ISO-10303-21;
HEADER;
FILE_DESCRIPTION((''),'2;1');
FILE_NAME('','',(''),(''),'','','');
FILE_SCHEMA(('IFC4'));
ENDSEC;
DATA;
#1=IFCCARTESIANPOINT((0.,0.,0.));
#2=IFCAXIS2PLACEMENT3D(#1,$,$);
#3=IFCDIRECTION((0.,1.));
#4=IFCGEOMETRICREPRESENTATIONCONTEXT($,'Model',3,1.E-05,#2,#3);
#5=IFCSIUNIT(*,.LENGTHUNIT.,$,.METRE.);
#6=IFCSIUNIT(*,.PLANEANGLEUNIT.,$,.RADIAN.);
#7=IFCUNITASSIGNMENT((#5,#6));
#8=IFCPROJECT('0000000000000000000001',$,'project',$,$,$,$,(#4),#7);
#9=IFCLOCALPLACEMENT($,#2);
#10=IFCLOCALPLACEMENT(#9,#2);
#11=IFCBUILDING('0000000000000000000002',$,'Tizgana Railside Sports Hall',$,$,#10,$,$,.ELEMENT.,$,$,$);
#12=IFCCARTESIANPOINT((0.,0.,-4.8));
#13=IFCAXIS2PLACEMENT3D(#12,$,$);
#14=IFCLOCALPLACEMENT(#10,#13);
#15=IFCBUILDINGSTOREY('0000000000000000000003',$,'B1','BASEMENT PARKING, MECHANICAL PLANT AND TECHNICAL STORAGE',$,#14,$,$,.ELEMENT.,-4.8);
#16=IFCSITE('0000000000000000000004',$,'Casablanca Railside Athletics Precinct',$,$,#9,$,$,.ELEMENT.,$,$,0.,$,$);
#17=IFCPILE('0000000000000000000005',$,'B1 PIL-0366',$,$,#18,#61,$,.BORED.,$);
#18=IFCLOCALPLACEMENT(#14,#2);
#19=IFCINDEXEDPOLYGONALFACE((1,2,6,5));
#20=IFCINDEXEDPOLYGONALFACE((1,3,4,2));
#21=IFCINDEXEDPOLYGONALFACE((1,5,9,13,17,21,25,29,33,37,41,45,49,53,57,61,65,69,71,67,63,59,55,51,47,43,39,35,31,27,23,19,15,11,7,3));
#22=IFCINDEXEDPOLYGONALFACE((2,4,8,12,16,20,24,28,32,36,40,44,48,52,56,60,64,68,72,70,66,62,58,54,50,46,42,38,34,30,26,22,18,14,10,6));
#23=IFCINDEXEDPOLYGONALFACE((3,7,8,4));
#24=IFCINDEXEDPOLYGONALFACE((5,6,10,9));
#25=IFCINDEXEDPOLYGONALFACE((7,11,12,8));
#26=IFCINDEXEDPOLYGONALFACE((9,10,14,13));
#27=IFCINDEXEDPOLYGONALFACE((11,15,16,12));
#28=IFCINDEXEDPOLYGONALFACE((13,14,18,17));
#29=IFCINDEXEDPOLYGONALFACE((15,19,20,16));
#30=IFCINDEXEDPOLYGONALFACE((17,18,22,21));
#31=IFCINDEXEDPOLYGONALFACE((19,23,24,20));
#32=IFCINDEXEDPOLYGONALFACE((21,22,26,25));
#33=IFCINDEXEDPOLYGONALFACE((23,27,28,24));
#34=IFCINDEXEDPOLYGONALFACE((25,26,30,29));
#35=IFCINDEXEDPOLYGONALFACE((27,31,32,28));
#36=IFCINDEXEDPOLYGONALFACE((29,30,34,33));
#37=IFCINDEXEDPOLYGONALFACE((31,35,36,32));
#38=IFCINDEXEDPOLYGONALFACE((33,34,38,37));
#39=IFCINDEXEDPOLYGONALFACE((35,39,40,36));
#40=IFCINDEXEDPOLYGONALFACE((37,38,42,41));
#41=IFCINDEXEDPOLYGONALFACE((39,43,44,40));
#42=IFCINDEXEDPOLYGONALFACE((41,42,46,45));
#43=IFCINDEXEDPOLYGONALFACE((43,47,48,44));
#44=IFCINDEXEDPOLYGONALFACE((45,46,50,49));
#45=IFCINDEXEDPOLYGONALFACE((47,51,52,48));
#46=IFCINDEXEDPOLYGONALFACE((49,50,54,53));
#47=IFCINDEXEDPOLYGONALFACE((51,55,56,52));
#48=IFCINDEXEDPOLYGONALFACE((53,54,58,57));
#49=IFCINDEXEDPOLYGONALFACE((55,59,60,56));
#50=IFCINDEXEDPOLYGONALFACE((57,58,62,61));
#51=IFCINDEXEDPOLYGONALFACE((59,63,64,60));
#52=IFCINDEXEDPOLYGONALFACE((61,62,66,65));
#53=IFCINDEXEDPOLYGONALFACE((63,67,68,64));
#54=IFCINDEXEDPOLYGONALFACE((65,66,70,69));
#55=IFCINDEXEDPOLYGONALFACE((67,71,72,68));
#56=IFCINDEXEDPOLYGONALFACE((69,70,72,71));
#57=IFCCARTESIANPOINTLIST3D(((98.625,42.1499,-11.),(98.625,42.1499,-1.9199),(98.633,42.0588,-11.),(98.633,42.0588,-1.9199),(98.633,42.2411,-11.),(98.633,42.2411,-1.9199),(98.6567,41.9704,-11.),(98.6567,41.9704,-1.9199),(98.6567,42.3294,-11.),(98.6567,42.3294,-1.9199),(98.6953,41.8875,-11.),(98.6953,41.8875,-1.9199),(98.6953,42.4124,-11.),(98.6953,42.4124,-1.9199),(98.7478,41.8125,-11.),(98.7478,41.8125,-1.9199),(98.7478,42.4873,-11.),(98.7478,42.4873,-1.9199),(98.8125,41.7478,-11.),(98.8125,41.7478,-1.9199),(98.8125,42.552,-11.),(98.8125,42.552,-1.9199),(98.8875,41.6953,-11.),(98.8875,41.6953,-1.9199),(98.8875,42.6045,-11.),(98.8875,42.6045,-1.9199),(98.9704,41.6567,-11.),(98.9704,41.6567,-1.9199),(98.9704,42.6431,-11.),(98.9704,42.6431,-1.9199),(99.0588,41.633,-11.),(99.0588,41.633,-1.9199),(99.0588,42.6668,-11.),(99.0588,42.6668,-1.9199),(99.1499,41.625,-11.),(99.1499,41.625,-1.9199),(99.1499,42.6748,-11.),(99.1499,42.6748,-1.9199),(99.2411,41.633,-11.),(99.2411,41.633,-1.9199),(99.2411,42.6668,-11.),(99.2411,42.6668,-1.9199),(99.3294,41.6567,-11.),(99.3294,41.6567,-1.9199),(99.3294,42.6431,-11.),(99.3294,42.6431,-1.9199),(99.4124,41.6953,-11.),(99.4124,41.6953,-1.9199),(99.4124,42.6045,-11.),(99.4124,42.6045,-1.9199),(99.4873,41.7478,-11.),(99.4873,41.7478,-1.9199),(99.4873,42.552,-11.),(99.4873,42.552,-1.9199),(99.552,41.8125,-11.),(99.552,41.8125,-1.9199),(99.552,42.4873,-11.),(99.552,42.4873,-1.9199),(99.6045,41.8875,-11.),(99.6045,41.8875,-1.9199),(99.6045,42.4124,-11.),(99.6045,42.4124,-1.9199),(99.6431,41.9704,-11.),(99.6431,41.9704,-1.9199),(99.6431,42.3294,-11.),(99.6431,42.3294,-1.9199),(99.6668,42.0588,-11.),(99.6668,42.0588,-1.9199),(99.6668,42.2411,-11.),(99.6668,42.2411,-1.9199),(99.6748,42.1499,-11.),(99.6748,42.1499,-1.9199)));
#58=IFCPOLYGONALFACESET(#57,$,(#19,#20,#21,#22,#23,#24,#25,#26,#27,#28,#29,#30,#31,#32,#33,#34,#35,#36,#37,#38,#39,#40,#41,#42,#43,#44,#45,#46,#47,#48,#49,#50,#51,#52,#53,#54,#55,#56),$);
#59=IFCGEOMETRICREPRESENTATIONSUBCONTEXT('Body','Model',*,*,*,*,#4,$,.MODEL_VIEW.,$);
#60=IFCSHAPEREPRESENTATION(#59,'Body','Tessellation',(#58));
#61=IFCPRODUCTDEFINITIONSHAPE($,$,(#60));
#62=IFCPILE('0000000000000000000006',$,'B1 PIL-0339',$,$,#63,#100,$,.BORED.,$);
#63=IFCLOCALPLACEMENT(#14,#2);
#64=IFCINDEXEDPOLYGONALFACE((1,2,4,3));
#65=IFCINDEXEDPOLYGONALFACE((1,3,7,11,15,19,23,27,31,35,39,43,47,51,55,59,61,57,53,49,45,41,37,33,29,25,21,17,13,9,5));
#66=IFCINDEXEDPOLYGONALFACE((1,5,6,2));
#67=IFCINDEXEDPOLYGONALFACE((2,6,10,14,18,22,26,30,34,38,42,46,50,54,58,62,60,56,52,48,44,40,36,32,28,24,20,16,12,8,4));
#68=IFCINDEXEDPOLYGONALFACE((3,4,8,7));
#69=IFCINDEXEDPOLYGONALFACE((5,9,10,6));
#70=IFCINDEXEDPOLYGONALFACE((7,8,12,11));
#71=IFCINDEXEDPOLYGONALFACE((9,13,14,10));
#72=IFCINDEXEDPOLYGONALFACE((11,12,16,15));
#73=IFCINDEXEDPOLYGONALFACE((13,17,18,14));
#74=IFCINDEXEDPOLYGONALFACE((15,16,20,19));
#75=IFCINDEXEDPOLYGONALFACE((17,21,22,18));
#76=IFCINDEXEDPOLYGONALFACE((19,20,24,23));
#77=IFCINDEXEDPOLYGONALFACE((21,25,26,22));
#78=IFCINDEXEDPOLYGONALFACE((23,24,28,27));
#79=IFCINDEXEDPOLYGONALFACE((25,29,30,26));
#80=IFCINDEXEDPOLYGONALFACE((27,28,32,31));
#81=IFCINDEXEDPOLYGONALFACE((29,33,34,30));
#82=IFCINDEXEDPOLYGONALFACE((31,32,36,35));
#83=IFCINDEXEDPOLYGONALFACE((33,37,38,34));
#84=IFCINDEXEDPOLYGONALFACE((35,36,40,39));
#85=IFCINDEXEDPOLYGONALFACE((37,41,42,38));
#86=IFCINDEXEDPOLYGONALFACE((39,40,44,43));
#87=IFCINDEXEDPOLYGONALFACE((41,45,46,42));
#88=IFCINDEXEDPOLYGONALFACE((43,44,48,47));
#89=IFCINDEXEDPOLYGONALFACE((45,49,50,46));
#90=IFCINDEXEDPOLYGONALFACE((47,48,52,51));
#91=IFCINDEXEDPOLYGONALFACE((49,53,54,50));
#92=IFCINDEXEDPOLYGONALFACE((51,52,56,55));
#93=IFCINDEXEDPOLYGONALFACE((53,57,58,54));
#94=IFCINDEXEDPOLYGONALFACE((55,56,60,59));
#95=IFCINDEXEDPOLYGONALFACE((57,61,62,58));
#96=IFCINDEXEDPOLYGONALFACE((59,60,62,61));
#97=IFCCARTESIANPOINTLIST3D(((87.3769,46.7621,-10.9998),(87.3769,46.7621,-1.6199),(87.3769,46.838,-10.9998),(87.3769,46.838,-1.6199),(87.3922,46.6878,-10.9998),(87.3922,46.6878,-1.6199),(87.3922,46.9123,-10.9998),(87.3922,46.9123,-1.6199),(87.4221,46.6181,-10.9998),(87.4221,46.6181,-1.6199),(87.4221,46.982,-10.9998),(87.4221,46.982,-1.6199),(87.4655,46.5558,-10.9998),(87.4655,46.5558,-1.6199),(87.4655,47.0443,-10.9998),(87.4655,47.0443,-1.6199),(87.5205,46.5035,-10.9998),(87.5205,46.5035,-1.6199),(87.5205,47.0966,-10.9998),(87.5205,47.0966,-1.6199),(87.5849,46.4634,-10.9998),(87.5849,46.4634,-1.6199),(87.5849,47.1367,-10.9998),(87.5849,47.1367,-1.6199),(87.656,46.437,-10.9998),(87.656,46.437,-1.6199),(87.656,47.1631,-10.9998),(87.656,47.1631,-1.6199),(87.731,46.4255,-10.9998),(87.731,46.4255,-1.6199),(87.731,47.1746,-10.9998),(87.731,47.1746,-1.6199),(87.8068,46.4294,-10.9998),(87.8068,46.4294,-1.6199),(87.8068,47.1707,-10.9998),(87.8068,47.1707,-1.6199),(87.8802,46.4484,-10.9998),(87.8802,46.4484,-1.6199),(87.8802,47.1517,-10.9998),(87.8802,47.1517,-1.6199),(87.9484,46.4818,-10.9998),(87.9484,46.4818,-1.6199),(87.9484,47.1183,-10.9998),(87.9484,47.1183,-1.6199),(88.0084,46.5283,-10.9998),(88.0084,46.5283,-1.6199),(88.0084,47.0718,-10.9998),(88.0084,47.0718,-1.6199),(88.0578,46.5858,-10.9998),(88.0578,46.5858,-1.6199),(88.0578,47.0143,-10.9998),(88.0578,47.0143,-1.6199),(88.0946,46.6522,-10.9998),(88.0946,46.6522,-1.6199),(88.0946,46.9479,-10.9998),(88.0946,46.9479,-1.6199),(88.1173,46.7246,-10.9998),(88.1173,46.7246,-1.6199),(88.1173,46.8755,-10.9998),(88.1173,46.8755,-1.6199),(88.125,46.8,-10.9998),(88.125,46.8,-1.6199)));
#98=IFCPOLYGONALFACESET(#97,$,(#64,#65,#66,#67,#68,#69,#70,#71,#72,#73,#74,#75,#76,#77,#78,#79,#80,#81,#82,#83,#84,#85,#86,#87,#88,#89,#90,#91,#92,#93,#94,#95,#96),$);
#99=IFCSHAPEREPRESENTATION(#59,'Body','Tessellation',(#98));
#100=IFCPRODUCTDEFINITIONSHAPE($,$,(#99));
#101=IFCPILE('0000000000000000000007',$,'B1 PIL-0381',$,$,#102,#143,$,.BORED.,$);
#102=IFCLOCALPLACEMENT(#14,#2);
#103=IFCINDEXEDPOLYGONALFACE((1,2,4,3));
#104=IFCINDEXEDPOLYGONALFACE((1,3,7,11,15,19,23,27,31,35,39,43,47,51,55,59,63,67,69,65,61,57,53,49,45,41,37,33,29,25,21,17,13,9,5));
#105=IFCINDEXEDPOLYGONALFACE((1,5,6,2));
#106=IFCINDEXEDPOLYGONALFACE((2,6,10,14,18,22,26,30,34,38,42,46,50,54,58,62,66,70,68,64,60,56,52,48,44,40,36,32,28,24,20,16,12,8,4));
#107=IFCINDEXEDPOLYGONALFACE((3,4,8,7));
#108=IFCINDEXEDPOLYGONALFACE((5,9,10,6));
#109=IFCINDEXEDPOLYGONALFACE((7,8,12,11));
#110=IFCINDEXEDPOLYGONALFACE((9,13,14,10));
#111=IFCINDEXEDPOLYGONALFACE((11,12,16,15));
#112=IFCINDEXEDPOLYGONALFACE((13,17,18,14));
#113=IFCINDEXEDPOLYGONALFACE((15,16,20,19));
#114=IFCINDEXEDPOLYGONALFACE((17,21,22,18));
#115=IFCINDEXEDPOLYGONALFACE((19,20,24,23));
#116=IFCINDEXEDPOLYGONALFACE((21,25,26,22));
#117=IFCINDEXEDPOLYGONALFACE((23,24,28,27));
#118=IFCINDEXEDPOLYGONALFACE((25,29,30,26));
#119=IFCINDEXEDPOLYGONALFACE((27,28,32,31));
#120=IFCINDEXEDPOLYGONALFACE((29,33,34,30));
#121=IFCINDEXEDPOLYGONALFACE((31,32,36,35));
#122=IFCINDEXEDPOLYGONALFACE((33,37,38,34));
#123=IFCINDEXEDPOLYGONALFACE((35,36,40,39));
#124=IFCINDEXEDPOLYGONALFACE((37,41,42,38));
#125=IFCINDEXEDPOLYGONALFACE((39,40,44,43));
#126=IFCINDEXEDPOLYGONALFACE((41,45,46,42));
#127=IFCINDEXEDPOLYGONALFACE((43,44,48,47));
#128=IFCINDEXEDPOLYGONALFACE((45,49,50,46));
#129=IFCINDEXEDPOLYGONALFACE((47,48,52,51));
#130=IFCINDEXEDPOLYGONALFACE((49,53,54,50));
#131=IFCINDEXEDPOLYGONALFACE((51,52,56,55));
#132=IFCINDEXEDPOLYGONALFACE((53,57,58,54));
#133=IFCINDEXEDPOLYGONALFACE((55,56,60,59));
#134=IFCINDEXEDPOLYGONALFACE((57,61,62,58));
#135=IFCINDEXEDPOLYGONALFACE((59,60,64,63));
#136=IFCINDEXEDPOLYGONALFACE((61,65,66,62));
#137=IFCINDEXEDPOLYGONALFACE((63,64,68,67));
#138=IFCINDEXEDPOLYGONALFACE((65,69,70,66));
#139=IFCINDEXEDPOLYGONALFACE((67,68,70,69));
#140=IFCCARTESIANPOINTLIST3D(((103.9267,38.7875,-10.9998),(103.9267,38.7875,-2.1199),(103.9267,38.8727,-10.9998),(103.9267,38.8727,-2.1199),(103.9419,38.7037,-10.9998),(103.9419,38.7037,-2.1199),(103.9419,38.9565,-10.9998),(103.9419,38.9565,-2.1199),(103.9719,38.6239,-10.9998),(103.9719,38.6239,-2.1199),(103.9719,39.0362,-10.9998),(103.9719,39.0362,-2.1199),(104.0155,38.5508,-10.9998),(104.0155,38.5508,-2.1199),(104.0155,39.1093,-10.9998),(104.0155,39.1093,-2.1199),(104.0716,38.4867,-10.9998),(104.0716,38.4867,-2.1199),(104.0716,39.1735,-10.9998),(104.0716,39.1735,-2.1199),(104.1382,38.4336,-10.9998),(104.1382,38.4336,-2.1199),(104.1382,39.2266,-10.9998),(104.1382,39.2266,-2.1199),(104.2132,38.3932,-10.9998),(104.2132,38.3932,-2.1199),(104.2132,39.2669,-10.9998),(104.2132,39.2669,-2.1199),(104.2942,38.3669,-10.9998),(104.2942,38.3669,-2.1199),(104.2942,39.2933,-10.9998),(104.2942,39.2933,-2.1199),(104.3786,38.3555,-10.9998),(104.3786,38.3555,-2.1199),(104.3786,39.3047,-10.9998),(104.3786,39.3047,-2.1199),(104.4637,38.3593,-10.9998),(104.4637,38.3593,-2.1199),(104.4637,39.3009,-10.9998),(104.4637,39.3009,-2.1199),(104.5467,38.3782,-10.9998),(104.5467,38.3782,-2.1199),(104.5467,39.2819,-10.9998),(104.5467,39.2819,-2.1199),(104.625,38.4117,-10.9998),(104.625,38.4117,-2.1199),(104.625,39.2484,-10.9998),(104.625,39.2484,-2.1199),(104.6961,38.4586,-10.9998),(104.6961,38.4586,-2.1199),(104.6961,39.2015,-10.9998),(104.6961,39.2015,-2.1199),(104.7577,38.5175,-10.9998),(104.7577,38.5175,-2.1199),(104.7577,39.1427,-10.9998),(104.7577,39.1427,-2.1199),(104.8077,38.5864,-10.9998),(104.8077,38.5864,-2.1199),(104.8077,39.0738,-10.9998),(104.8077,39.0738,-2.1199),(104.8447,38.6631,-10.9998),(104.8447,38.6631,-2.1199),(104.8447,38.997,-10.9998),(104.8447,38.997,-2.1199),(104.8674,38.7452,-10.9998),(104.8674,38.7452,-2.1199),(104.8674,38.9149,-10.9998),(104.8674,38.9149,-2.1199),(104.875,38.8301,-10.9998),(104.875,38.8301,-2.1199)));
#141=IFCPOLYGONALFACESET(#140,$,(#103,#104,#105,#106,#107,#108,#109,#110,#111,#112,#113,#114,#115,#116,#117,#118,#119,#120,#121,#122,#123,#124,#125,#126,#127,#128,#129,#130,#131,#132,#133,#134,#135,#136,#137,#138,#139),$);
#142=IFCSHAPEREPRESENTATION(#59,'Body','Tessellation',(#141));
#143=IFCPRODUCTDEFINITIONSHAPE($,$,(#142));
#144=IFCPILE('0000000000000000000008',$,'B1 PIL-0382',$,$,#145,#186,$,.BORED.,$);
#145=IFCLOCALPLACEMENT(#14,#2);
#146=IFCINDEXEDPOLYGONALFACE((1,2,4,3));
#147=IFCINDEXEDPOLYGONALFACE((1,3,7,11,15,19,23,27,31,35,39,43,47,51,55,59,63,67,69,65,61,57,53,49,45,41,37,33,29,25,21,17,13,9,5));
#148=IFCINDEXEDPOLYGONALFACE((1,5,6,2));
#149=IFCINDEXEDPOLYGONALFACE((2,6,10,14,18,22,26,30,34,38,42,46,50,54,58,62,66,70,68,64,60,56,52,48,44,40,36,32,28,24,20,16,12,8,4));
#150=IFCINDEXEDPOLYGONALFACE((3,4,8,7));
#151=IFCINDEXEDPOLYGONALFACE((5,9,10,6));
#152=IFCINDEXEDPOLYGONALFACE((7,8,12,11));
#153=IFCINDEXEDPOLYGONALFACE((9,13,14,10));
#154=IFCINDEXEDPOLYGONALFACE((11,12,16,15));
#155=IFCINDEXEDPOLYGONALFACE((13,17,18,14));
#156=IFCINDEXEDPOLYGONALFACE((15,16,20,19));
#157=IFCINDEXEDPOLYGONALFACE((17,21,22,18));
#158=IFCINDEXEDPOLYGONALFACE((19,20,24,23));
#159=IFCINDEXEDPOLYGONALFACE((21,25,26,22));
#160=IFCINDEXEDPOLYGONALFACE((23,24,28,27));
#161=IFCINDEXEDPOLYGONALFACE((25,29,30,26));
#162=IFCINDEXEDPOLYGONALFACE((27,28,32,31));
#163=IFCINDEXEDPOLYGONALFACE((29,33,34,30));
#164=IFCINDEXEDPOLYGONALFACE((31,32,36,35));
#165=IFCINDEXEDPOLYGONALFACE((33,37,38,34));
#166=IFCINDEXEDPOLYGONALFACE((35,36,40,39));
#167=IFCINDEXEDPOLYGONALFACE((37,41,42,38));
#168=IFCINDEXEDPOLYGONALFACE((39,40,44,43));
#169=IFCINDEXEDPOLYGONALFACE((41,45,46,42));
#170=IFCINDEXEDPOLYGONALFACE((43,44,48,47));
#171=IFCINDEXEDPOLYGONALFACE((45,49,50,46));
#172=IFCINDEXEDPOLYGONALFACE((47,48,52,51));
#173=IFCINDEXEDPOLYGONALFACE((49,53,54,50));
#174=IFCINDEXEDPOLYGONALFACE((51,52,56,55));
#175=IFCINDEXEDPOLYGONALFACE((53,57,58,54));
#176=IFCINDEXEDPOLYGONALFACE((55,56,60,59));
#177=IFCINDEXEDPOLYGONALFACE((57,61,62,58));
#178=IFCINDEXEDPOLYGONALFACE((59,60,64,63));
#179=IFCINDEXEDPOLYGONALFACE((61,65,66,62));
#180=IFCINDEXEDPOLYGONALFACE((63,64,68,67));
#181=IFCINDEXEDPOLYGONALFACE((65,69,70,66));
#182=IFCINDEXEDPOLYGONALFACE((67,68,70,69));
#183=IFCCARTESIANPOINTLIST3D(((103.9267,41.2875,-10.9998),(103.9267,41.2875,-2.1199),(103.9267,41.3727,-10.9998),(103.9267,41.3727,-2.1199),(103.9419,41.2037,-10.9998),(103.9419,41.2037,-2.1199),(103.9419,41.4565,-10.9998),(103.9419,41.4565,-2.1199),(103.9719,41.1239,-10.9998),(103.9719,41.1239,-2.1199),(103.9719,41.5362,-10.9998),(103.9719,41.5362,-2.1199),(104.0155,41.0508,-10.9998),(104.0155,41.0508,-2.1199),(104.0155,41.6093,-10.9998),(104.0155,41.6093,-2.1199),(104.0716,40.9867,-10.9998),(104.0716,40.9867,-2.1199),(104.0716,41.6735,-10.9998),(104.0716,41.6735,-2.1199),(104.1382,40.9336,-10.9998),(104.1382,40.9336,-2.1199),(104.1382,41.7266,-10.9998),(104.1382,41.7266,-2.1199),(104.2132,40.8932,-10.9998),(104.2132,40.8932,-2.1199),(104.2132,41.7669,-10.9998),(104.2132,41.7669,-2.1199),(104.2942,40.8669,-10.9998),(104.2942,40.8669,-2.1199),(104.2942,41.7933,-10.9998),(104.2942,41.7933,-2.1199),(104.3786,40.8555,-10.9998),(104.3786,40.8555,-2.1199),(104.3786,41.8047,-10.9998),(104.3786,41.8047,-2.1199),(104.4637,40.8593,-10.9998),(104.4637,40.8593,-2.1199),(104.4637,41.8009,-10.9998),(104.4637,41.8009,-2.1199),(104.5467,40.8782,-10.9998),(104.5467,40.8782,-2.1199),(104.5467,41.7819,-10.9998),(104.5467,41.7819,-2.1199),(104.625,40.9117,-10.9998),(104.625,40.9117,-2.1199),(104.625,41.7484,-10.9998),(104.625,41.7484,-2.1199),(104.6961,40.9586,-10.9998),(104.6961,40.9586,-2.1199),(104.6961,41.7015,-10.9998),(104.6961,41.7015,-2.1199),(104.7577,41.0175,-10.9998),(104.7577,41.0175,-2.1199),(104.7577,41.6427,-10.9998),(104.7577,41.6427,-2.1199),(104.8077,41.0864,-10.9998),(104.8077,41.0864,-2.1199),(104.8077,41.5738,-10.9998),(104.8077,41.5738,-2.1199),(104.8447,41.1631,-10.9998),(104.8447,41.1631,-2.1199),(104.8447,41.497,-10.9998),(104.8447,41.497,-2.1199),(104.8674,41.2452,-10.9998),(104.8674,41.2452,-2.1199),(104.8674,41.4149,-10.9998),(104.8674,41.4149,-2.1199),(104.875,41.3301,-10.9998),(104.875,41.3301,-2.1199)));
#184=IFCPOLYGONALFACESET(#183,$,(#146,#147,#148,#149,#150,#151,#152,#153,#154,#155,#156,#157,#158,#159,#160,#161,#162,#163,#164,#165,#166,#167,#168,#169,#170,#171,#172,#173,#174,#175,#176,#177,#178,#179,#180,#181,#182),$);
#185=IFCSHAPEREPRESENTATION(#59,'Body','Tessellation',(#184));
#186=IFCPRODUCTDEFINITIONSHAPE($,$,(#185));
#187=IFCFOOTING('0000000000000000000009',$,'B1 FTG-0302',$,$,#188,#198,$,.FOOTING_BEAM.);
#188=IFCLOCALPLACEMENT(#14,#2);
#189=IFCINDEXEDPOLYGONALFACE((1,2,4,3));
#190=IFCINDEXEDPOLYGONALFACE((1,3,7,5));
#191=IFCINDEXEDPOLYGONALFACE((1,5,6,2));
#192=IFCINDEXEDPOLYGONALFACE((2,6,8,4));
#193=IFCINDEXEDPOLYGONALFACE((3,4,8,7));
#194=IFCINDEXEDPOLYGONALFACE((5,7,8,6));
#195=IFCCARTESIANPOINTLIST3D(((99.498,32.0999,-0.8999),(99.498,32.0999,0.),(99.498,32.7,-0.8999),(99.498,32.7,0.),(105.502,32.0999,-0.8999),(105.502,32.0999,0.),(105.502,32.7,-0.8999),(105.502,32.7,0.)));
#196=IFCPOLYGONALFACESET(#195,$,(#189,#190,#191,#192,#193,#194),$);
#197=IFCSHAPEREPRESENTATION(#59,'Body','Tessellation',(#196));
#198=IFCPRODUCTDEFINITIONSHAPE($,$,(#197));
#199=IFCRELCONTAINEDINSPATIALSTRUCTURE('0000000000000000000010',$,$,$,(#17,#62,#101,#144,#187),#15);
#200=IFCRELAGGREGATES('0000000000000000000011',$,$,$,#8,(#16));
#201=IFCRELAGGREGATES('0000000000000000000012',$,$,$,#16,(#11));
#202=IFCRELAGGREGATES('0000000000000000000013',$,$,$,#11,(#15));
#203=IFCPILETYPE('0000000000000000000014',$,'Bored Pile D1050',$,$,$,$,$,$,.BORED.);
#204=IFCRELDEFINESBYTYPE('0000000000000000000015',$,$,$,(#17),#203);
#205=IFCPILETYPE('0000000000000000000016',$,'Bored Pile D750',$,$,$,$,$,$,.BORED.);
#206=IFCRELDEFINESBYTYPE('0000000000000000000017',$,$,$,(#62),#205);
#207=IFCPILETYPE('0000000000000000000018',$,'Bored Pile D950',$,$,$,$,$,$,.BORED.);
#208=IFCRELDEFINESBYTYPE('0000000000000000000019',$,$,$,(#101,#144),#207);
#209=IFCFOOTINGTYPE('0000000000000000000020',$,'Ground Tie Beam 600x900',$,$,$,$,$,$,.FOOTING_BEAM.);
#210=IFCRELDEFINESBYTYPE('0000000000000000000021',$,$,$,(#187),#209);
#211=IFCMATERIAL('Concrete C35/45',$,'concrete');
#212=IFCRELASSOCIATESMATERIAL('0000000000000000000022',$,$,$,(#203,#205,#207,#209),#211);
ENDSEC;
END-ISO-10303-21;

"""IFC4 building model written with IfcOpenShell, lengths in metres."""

from ifc_helpers import new_model, si_unit, direction, frame, origin, origin_2d, place, context, subcontext, project, spatial, rectangle, circle, extrude, material, material_profile, profile_set, type_object, element, save


model = new_model("IFC4")

# Units and contexts
model_context = context("Model", 3, precision=1e-05, world=origin(), true_north=direction((0.0, 1.0)))
body_context = subcontext(model_context, "Body", "Model", "MODEL_VIEW")
ifc_project = project(units=[si_unit("LENGTHUNIT", "METRE"), si_unit("PLANEANGLEUNIT", "RADIAN")], contexts=[model_context])

# Site, building, storey
site_placement = place(None, origin())
site = spatial("IfcSite", under=ifc_project, at=site_placement, Name="Casablanca Railside Athletics Precinct", CompositionType="ELEMENT", RefElevation=0.0)
building_placement = place(site_placement, origin())
building = spatial("IfcBuilding", under=site, at=building_placement, Name="Tizgana Railside Sports Hall", CompositionType="ELEMENT")
storey_placement = place(building_placement, frame((0.0, 0.0, -4.8)))
storey = spatial("IfcBuildingStorey", under=building, at=storey_placement, Name="B1", Description="BASEMENT PARKING, MECHANICAL PLANT AND TECHNICAL STORAGE", CompositionType="ELEMENT", Elevation=-4.8)

# Piles
ifc_material_1 = material(Name="Concrete C35/45", Category="concrete")
ifc_material_profile_1 = material_profile(ifc_material_1, circle(Radius=0.5249, at=origin_2d()), Name="PILE D1050")
ifc_profile_set_1 = profile_set([ifc_material_profile_1], Name="Concrete C35/45")
pile_type_1 = type_object("IfcPileType", Name="Bored Pile D1050", PredefinedType="BORED", material=ifc_profile_set_1)
for number, where, z_axis, x_axis, name in (
    (1, (99.1499, 42.1499, -1.9199), (0.0, 0.0, -1.0), (1.0, 0.0, 0.0), "B1 PIL-0366"),
):
    element("IfcPile", number, at=place(storey_placement, frame(where, z_axis=z_axis, x_axis=x_axis)), inside=storey, type_object=pile_type_1, Name=name, PredefinedType="BORED", context=body_context, shape_type="SweptSolid", body=[
        extrude(circle(Radius=0.5249, at=origin_2d()), origin(), (0.0, 0.0, 1.0), 9.0801),
    ])
ifc_material_profile_2 = material_profile(ifc_material_1, circle(Radius=0.375, at=origin_2d()), Name="PILE D750")
ifc_profile_set_2 = profile_set([ifc_material_profile_2], Name="Concrete C35/45")
pile_type_2 = type_object("IfcPileType", Name="Bored Pile D750", PredefinedType="BORED", material=ifc_profile_set_2)
pile_placement = place(storey_placement, frame((87.75, 46.8, -1.6199), z_axis=(0.0, 0.0, -1.0), x_axis=(1.0, 0.0, 0.0)))
element("IfcPile", 2, at=pile_placement, inside=storey, type_object=pile_type_2, Name="B1 PIL-0339", PredefinedType="BORED", context=body_context, shape_type="SweptSolid", body=[
    extrude(circle(Radius=0.375, at=origin_2d()), origin(), (0.0, 0.0, 1.0), 9.3799),
])
ifc_material_profile_3 = material_profile(ifc_material_1, circle(Radius=0.4751, at=origin_2d()), Name="PILE D950")
ifc_profile_set_3 = profile_set([ifc_material_profile_3], Name="Concrete C35/45")
pile_type_3 = type_object("IfcPileType", Name="Bored Pile D950", PredefinedType="BORED", material=ifc_profile_set_3)
for number, where, z_axis, x_axis, name in (
    (3, (104.3999, 38.8301, -2.1199), (0.0, 0.0, -1.0), (1.0, 0.0, 0.0), "B1 PIL-0381"),
    (4, (104.3999, 41.3301, -2.1199), (0.0, 0.0, -1.0), (1.0, 0.0, 0.0), "B1 PIL-0382"),
):
    element("IfcPile", number, at=place(storey_placement, frame(where, z_axis=z_axis, x_axis=x_axis)), inside=storey, type_object=pile_type_3, Name=name, PredefinedType="BORED", context=body_context, shape_type="SweptSolid", body=[
        extrude(circle(Radius=0.4751, at=origin_2d()), origin(), (0.0, 0.0, 1.0), 8.8799),
    ])

# Footing
footing_type_1 = type_object("IfcFootingType", Name="Ground Tie Beam 600x900", PredefinedType="FOOTING_BEAM", material=ifc_material_1)
footing_1_placement = place(storey_placement, frame((102.5, 32.3999, -0.8999), z_axis=(0.0, 0.0, 1.0), x_axis=(1.0, 0.0, 0.0)))
element("IfcFooting", 5, at=footing_1_placement, inside=storey, type_object=footing_type_1, Name="B1 FTG-0302", PredefinedType="FOOTING_BEAM", context=body_context, shape_type="SweptSolid", body=[
    extrude(rectangle(XDim=6.0039, YDim=0.6001, at=origin_2d()), origin(), (0.0, 0.0, 1.0), 0.8999),
])

save(model, "model.ifc")
